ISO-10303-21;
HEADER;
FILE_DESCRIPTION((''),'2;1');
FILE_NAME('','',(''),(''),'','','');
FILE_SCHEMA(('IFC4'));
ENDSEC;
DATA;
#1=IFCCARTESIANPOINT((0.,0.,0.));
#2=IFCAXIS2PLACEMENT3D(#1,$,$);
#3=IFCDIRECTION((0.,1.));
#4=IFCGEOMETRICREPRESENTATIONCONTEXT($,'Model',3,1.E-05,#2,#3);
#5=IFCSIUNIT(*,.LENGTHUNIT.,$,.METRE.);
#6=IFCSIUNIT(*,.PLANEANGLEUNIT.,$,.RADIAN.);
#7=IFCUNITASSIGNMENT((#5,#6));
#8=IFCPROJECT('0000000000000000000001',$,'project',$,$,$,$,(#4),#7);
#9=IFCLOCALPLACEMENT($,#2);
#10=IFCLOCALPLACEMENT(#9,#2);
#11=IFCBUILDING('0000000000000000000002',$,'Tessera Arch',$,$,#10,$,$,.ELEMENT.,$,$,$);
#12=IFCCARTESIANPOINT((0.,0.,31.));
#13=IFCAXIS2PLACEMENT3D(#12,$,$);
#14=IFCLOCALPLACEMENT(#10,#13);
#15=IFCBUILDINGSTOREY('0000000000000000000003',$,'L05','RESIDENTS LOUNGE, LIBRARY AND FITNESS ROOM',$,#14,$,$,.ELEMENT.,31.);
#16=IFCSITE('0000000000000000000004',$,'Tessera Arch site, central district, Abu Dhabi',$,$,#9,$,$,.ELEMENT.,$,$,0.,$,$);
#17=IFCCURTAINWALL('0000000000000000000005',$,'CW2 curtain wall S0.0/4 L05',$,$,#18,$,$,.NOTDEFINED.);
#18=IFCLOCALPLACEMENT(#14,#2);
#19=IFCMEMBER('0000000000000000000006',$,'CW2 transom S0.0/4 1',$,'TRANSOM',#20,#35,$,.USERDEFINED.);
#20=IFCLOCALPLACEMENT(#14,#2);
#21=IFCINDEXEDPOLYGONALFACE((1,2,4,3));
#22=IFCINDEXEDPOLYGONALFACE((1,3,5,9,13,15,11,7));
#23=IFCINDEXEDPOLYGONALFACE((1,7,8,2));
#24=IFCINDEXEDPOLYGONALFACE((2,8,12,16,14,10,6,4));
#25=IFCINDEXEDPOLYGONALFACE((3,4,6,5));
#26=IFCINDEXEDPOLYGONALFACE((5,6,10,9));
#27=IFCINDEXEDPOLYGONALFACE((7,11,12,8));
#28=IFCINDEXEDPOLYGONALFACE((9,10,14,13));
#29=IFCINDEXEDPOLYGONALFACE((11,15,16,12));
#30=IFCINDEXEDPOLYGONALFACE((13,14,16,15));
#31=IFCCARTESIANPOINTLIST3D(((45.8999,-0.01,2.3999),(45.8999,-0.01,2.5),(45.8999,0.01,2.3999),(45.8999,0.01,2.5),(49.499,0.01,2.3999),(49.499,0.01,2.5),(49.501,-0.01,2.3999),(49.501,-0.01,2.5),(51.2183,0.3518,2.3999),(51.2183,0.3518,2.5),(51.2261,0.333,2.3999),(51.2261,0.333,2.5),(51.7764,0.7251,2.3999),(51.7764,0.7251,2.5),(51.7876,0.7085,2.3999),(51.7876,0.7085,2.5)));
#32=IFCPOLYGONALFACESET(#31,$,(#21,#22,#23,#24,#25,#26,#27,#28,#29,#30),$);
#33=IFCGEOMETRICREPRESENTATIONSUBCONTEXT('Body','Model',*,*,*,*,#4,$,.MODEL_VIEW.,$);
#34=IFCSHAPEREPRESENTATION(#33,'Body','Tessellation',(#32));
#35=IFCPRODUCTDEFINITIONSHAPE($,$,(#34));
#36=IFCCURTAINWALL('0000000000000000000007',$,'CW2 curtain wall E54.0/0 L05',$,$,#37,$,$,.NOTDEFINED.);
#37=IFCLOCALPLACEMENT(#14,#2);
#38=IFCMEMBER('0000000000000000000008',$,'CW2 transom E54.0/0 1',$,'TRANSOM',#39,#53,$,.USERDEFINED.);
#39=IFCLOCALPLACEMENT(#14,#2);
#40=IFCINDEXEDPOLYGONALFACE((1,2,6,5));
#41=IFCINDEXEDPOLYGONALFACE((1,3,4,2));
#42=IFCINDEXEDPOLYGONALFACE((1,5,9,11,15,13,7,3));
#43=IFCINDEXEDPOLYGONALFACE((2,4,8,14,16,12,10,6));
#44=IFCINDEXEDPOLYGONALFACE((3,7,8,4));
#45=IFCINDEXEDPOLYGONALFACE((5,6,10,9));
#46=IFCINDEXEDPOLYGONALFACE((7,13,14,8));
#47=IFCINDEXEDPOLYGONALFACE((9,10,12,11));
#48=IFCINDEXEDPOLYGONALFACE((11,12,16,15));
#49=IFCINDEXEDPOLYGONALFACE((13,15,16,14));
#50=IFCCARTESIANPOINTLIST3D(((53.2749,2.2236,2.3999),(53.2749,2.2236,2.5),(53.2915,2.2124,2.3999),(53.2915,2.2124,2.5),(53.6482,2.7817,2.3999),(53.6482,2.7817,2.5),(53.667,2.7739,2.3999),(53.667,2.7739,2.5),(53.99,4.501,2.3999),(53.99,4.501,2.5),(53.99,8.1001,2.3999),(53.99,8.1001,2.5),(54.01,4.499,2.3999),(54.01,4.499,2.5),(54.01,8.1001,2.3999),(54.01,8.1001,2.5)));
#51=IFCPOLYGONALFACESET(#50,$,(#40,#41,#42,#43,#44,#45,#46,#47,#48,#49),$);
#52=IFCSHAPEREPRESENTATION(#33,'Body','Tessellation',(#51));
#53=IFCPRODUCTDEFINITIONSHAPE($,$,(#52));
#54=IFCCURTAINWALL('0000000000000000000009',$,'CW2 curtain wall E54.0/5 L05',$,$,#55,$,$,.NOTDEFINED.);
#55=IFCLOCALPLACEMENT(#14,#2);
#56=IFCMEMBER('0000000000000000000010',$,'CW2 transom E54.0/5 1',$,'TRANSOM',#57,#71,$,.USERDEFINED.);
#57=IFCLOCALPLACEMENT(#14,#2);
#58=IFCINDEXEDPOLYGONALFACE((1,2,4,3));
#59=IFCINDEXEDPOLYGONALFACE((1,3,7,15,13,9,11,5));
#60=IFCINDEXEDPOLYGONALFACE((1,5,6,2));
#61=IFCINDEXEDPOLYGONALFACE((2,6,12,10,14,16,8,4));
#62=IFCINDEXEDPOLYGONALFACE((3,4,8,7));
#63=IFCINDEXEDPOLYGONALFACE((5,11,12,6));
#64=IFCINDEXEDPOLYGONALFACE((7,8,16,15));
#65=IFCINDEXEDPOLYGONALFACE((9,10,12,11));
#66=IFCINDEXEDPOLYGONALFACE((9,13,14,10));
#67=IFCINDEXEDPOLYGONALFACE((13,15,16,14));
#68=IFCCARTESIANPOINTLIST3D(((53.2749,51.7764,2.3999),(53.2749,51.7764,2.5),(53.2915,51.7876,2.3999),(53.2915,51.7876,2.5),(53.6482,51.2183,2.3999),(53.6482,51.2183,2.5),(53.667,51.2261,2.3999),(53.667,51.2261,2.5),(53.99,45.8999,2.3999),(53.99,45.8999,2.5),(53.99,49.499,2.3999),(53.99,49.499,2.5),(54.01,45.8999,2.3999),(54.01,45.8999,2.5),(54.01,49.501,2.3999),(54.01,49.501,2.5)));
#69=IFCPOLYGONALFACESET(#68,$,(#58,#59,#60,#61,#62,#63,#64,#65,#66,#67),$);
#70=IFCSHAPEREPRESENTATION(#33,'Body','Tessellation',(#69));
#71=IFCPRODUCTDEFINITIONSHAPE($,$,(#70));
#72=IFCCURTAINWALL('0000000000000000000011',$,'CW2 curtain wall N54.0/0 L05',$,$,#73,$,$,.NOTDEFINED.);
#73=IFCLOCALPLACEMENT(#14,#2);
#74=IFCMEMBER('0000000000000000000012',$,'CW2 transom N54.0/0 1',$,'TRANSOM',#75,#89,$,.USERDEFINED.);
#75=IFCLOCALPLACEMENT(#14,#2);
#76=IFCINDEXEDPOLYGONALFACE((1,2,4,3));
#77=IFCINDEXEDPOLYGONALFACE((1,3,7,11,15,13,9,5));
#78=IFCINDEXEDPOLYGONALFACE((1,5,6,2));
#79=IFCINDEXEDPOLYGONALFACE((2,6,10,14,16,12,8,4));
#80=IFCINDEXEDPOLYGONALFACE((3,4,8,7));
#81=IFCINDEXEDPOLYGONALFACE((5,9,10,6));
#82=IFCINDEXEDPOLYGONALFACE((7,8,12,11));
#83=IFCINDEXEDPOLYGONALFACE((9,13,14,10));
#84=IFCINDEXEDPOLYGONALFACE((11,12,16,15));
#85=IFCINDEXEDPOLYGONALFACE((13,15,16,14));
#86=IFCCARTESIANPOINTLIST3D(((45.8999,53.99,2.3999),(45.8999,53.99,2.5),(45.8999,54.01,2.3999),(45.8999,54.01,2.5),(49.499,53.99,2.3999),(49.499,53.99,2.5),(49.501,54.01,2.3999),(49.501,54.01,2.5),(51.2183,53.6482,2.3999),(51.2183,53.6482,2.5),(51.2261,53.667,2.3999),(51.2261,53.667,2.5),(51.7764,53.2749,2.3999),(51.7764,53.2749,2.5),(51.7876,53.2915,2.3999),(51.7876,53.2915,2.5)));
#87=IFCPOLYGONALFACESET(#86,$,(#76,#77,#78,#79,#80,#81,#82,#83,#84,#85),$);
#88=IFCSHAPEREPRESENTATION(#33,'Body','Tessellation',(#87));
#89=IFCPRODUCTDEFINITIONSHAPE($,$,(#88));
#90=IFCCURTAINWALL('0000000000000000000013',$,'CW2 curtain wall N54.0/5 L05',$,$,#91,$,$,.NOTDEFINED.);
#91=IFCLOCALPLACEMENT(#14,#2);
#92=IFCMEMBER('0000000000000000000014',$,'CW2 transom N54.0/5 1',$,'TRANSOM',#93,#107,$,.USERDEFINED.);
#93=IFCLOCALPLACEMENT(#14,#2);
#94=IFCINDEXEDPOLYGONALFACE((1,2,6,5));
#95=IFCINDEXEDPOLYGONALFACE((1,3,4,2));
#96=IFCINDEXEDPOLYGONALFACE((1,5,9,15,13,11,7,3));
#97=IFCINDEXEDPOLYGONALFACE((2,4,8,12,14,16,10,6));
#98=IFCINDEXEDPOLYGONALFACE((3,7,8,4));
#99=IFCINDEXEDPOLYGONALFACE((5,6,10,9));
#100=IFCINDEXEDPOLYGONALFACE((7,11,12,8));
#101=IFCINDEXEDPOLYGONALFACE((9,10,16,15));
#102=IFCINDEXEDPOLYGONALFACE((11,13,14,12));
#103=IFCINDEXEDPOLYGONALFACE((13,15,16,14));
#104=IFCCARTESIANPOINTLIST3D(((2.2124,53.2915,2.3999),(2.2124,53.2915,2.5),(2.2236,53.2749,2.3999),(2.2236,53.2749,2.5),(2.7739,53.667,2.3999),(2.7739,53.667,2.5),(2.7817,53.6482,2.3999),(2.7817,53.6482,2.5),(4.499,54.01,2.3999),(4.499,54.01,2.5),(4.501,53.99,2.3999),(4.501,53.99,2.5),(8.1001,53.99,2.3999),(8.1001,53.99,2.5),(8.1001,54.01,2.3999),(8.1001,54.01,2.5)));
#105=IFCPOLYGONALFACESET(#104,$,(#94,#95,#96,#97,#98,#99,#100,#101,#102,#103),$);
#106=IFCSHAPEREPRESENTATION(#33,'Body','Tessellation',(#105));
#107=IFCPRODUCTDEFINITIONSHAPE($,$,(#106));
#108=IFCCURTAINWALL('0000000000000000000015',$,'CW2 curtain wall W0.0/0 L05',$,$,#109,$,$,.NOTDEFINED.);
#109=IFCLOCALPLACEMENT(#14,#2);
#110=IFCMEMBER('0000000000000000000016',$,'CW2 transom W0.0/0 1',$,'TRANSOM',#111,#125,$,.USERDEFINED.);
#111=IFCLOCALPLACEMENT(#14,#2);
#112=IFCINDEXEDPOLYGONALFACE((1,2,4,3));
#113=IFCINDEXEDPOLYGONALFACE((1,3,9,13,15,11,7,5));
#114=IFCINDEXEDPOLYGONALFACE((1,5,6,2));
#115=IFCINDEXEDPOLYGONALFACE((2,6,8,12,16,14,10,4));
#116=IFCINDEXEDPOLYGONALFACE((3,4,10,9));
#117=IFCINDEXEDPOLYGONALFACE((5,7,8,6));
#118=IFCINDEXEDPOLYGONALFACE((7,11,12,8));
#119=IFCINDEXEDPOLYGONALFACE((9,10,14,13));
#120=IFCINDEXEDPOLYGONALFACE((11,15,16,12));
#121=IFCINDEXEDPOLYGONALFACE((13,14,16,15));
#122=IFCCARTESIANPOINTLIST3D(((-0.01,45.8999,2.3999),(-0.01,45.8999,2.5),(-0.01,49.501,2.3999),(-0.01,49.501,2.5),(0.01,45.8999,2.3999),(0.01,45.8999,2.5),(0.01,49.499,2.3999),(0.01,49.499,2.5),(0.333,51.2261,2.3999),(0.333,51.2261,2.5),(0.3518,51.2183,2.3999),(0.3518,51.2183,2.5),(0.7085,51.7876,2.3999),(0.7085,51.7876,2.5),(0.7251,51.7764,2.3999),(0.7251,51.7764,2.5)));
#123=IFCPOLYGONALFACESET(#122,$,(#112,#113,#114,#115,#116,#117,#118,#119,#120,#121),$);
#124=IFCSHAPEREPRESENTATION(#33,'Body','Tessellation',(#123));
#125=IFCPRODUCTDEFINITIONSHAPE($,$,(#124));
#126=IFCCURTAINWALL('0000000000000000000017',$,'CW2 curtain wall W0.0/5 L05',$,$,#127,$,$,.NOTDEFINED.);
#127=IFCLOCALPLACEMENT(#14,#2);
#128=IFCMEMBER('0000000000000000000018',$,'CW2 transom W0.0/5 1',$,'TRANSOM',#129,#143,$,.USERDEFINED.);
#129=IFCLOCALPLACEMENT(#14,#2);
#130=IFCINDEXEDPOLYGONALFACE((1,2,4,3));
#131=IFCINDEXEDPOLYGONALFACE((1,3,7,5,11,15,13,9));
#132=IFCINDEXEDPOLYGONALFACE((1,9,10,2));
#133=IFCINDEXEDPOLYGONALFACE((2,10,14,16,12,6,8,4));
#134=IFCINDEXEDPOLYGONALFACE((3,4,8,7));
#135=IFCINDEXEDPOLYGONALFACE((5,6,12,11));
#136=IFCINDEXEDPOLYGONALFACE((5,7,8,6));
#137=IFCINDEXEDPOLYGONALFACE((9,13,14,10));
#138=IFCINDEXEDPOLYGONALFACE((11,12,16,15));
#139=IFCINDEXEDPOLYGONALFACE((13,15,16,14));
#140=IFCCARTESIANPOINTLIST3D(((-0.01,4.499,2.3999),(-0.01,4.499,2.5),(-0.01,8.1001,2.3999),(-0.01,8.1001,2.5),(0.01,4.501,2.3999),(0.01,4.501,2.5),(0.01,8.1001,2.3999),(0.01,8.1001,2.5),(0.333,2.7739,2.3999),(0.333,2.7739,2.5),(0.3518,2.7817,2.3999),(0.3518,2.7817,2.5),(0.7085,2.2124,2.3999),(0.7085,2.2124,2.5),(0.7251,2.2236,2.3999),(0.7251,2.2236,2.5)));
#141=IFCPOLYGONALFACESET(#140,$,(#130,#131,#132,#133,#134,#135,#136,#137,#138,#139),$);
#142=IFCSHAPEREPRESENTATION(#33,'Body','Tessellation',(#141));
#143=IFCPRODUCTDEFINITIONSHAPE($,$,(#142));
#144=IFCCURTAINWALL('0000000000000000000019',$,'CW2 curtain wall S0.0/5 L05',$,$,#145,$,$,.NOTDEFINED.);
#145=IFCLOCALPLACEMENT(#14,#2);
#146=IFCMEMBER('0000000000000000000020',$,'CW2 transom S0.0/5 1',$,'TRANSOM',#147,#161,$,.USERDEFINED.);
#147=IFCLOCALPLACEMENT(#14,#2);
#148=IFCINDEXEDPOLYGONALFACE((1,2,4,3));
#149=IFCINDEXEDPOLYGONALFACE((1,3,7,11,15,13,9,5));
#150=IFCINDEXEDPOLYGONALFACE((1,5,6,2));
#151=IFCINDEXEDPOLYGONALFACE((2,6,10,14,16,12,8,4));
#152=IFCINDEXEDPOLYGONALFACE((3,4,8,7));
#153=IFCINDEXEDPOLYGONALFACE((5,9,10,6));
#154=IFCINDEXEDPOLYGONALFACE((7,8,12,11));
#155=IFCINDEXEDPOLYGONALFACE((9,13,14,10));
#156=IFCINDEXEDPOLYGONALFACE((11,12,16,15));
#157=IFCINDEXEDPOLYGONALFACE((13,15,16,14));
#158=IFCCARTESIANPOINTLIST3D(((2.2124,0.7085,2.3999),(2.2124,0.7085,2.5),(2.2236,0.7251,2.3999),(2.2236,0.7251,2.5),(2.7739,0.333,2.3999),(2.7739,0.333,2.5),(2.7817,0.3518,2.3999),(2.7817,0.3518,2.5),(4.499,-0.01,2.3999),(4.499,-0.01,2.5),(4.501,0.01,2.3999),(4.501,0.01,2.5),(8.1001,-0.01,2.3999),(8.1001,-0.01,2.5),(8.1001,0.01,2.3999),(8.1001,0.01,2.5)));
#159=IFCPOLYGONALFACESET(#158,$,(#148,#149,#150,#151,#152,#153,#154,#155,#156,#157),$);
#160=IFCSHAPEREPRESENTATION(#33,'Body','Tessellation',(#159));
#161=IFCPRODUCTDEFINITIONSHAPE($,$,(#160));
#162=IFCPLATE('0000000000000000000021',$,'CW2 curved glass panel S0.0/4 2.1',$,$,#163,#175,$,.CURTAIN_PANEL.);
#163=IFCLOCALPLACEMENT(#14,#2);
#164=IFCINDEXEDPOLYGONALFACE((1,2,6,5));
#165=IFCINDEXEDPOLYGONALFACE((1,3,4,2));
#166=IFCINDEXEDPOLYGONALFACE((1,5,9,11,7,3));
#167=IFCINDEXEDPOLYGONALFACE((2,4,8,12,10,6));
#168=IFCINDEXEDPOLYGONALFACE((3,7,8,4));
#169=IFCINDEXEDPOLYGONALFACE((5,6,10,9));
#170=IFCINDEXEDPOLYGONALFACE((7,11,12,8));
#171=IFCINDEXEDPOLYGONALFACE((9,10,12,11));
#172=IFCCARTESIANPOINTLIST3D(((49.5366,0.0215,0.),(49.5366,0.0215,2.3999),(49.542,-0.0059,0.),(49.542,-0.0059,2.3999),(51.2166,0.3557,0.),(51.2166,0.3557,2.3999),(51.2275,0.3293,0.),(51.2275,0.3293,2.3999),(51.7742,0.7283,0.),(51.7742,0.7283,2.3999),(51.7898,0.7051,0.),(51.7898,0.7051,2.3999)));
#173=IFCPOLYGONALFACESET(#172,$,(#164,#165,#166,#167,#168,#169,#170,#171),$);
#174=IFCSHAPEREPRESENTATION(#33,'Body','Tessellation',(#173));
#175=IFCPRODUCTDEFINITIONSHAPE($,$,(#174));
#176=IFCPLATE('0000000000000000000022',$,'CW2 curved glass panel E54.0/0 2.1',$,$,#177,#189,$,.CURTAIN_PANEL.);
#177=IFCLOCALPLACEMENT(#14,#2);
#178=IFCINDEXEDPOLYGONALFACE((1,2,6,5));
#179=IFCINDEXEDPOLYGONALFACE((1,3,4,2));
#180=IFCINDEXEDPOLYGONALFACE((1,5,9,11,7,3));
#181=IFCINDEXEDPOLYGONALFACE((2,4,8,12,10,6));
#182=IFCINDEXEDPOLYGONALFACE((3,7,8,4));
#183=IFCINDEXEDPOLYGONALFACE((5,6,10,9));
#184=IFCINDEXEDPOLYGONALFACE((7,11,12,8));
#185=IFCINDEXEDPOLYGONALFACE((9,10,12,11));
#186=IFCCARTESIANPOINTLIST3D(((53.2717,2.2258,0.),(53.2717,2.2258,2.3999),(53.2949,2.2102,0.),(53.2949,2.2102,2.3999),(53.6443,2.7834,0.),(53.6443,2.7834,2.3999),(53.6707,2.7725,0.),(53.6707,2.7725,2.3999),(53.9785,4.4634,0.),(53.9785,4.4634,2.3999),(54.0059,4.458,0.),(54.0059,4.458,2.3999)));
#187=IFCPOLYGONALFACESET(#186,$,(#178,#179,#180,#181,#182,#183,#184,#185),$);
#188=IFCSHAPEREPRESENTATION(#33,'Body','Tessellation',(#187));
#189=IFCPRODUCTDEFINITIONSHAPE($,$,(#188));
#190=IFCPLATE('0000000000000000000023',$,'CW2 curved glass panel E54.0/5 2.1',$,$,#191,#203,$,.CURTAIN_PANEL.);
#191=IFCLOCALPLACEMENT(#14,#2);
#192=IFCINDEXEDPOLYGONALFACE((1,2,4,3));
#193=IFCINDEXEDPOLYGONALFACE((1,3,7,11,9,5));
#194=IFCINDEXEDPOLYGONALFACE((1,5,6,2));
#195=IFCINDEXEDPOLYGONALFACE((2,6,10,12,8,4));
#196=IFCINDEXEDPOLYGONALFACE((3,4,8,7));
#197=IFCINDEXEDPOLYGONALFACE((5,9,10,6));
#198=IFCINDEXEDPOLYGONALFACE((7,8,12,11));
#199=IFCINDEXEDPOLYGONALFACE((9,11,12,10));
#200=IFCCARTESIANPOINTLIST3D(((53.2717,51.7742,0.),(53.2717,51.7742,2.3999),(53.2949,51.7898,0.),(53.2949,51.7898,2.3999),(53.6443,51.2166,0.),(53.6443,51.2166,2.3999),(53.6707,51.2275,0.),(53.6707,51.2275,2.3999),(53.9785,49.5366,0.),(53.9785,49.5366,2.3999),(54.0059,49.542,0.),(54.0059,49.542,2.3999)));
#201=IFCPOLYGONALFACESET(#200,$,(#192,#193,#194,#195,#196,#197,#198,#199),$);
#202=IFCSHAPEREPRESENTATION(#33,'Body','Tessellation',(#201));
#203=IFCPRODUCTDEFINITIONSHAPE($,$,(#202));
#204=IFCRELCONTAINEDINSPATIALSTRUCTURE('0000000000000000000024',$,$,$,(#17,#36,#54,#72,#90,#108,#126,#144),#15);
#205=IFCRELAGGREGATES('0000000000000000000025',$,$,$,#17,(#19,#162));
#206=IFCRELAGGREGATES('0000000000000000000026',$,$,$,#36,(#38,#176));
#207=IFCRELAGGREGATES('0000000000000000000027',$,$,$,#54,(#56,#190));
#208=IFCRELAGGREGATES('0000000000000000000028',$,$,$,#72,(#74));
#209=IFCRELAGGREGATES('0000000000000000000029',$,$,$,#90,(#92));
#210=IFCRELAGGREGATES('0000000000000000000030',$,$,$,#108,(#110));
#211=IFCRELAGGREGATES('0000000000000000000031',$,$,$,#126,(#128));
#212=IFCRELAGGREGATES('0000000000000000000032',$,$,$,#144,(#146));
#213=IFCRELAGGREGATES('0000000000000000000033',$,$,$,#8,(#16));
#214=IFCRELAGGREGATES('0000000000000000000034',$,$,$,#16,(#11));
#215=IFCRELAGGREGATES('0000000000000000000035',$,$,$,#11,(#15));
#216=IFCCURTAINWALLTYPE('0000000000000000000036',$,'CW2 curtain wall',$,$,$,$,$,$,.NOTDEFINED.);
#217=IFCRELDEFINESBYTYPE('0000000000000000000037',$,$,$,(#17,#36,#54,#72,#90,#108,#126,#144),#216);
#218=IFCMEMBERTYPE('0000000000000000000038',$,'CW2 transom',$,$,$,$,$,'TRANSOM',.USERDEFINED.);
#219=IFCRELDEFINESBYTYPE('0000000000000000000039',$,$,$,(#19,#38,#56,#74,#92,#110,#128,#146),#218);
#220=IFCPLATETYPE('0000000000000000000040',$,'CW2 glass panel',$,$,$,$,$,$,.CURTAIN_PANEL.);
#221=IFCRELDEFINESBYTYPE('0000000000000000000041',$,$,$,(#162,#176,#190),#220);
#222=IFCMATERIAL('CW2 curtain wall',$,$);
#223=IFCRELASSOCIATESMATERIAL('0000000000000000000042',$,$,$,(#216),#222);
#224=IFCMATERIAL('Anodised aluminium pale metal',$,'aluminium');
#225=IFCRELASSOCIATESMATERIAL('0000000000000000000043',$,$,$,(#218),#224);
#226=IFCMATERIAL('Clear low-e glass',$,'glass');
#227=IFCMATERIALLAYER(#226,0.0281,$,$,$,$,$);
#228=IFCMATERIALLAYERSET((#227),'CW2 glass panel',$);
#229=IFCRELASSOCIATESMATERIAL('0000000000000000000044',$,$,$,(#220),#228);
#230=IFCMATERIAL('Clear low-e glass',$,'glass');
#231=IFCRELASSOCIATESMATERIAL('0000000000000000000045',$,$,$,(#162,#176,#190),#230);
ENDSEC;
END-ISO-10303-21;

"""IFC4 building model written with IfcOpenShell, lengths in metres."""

from ifc_helpers import new_model, si_unit, direction, frame, origin, origin_2d, place, context, subcontext, project, spatial, polyline, rectangle, outline, extrude, material, layer, layer_set, material_profile, profile_set, type_object, element, aggregate, save


model = new_model("IFC4")

# Units and contexts
model_context = context("Model", 3, precision=1e-05, world=origin(), true_north=direction((0.0, 1.0)))
body_context = subcontext(model_context, "Body", "Model", "MODEL_VIEW")
ifc_project = project(units=[si_unit("LENGTHUNIT", "METRE"), si_unit("PLANEANGLEUNIT", "RADIAN")], contexts=[model_context])

# Site, building, storey
site_placement = place(None, origin())
site = spatial("IfcSite", under=ifc_project, at=site_placement, Name="Tessera Arch site, central district, Abu Dhabi", CompositionType="ELEMENT", RefElevation=0.0)
building_placement = place(site_placement, origin())
building = spatial("IfcBuilding", under=site, at=building_placement, Name="Tessera Arch", CompositionType="ELEMENT")
storey_placement = place(building_placement, frame((0.0, 0.0, 31.0)))
storey = spatial("IfcBuildingStorey", under=building, at=storey_placement, Name="L05", Description="RESIDENTS LOUNGE, LIBRARY AND FITNESS ROOM", CompositionType="ELEMENT", Elevation=31.0)

# Curtain walls, members
ifc_material_1 = material(Name="CW2 curtain wall")
curtain_wall_type = type_object("IfcCurtainWallType", Name="CW2 curtain wall", PredefinedType="NOTDEFINED", material=ifc_material_1)
curtain_wall_1_placement = place(storey_placement, origin())
curtain_wall_1 = element("IfcCurtainWall", 1, at=curtain_wall_1_placement, inside=storey, type_object=curtain_wall_type, Name="CW2 curtain wall S0.0/4 L05", PredefinedType="NOTDEFINED")
ifc_material_2 = material(Name="Anodised aluminium pale metal", Category="aluminium")
ifc_material_profile = material_profile(ifc_material_2, rectangle(XDim=0.2, YDim=0.1001, at=origin_2d()), Name="AL 200x100")
ifc_profile_set = profile_set([ifc_material_profile], Name="Anodised aluminium pale metal")
member_type = type_object("IfcMemberType", Name="CW2 transom", ElementType="TRANSOM", PredefinedType="USERDEFINED", material=ifc_profile_set)
member_1_placement = place(storey_placement, frame((0.0, 0.0, 2.3999)))
member_1 = element("IfcMember", 2, at=member_1_placement, type_object=member_type, Name="CW2 transom S0.0/4 1", ObjectType="TRANSOM", PredefinedType="USERDEFINED", context=body_context, shape_type="SweptSolid", body=[
    extrude(outline(polyline([(49.499, 0.01), (45.8999, 0.01), (45.8999, -0.01), (49.501, -0.01), (51.2261, 0.333), (51.7876, 0.7085), (51.7764, 0.7251), (51.2183, 0.3518), (49.499, 0.01)])), origin(), (0.0, 0.0, 1.0), 0.1001),
])
curtain_wall_2_placement = place(storey_placement, origin())
curtain_wall_2 = element("IfcCurtainWall", 3, at=curtain_wall_2_placement, inside=storey, type_object=curtain_wall_type, Name="CW2 curtain wall E54.0/0 L05", PredefinedType="NOTDEFINED")
member_2_placement = place(storey_placement, frame((0.0, 0.0, 2.3999)))
member_2 = element("IfcMember", 4, at=member_2_placement, type_object=member_type, Name="CW2 transom E54.0/0 1", ObjectType="TRANSOM", PredefinedType="USERDEFINED", context=body_context, shape_type="SweptSolid", body=[
    extrude(outline(polyline([(53.6482, 2.7817), (53.2749, 2.2236), (53.2915, 2.2124), (53.667, 2.7739), (54.01, 4.499), (54.01, 8.1001), (53.99, 8.1001), (53.99, 4.501), (53.6482, 2.7817)])), origin(), (0.0, 0.0, 1.0), 0.1001),
])
curtain_wall_3_placement = place(storey_placement, origin())
curtain_wall_3 = element("IfcCurtainWall", 5, at=curtain_wall_3_placement, inside=storey, type_object=curtain_wall_type, Name="CW2 curtain wall E54.0/5 L05", PredefinedType="NOTDEFINED")
member_3_placement = place(storey_placement, frame((0.0, 0.0, 2.3999)))
member_3 = element("IfcMember", 6, at=member_3_placement, type_object=member_type, Name="CW2 transom E54.0/5 1", ObjectType="TRANSOM", PredefinedType="USERDEFINED", context=body_context, shape_type="SweptSolid", body=[
    extrude(outline(polyline([(53.99, 49.499), (53.99, 45.8999), (54.01, 45.8999), (54.01, 49.501), (53.667, 51.2261), (53.2915, 51.7876), (53.2749, 51.7764), (53.6482, 51.2183), (53.99, 49.499)])), origin(), (0.0, 0.0, 1.0), 0.1001),
])
curtain_wall_4_placement = place(storey_placement, origin())
curtain_wall_4 = element("IfcCurtainWall", 7, at=curtain_wall_4_placement, inside=storey, type_object=curtain_wall_type, Name="CW2 curtain wall N54.0/0 L05", PredefinedType="NOTDEFINED")
member_4_placement = place(storey_placement, frame((0.0, 0.0, 2.3999)))
member_4 = element("IfcMember", 8, at=member_4_placement, type_object=member_type, Name="CW2 transom N54.0/0 1", ObjectType="TRANSOM", PredefinedType="USERDEFINED", context=body_context, shape_type="SweptSolid", body=[
    extrude(outline(polyline([(51.2183, 53.6482), (51.7764, 53.2749), (51.7876, 53.2915), (51.2261, 53.667), (49.501, 54.01), (45.8999, 54.01), (45.8999, 53.99), (49.499, 53.99), (51.2183, 53.6482)])), origin(), (0.0, 0.0, 1.0), 0.1001),
])
curtain_wall_5_placement = place(storey_placement, origin())
curtain_wall_5 = element("IfcCurtainWall", 9, at=curtain_wall_5_placement, inside=storey, type_object=curtain_wall_type, Name="CW2 curtain wall N54.0/5 L05", PredefinedType="NOTDEFINED")
member_5_placement = place(storey_placement, frame((0.0, 0.0, 2.3999)))
member_5 = element("IfcMember", 10, at=member_5_placement, type_object=member_type, Name="CW2 transom N54.0/5 1", ObjectType="TRANSOM", PredefinedType="USERDEFINED", context=body_context, shape_type="SweptSolid", body=[
    extrude(outline(polyline([(4.501, 53.99), (8.1001, 53.99), (8.1001, 54.01), (4.499, 54.01), (2.7739, 53.667), (2.2124, 53.2915), (2.2236, 53.2749), (2.7817, 53.6482), (4.501, 53.99)])), origin(), (0.0, 0.0, 1.0), 0.1001),
])
curtain_wall_6_placement = place(storey_placement, origin())
curtain_wall_6 = element("IfcCurtainWall", 11, at=curtain_wall_6_placement, inside=storey, type_object=curtain_wall_type, Name="CW2 curtain wall W0.0/0 L05", PredefinedType="NOTDEFINED")
member_6_placement = place(storey_placement, frame((0.0, 0.0, 2.3999)))
member_6 = element("IfcMember", 12, at=member_6_placement, type_object=member_type, Name="CW2 transom W0.0/0 1", ObjectType="TRANSOM", PredefinedType="USERDEFINED", context=body_context, shape_type="SweptSolid", body=[
    extrude(outline(polyline([(0.3518, 51.2183), (0.7251, 51.7764), (0.7085, 51.7876), (0.333, 51.2261), (-0.01, 49.501), (-0.01, 45.8999), (0.01, 45.8999), (0.01, 49.499), (0.3518, 51.2183)])), origin(), (0.0, 0.0, 1.0), 0.1001),
])
curtain_wall_7_placement = place(storey_placement, origin())
curtain_wall_7 = element("IfcCurtainWall", 13, at=curtain_wall_7_placement, inside=storey, type_object=curtain_wall_type, Name="CW2 curtain wall W0.0/5 L05", PredefinedType="NOTDEFINED")
member_7_placement = place(storey_placement, frame((0.0, 0.0, 2.3999)))
member_7 = element("IfcMember", 14, at=member_7_placement, type_object=member_type, Name="CW2 transom W0.0/5 1", ObjectType="TRANSOM", PredefinedType="USERDEFINED", context=body_context, shape_type="SweptSolid", body=[
    extrude(outline(polyline([(0.01, 4.501), (0.01, 8.1001), (-0.01, 8.1001), (-0.01, 4.499), (0.333, 2.7739), (0.7085, 2.2124), (0.7251, 2.2236), (0.3518, 2.7817), (0.01, 4.501)])), origin(), (0.0, 0.0, 1.0), 0.1001),
])
curtain_wall_8_placement = place(storey_placement, origin())
curtain_wall_8 = element("IfcCurtainWall", 15, at=curtain_wall_8_placement, inside=storey, type_object=curtain_wall_type, Name="CW2 curtain wall S0.0/5 L05", PredefinedType="NOTDEFINED")
member_8_placement = place(storey_placement, frame((0.0, 0.0, 2.3999)))
member_8 = element("IfcMember", 16, at=member_8_placement, type_object=member_type, Name="CW2 transom S0.0/5 1", ObjectType="TRANSOM", PredefinedType="USERDEFINED", context=body_context, shape_type="SweptSolid", body=[
    extrude(outline(polyline([(2.7817, 0.3518), (2.2236, 0.7251), (2.2124, 0.7085), (2.7739, 0.333), (4.499, -0.01), (8.1001, -0.01), (8.1001, 0.01), (4.501, 0.01), (2.7817, 0.3518)])), origin(), (0.0, 0.0, 1.0), 0.1001),
])

# Plates
ifc_material_3 = material(Name="Clear low-e glass", Category="glass")
ifc_material_4 = material(Name="Clear low-e glass", Category="glass")
ifc_layer_1 = layer(ifc_material_4, 0.0281)
ifc_layer_set_1 = layer_set([ifc_layer_1], Name="CW2 glass panel")
plate_type_1 = type_object("IfcPlateType", Name="CW2 glass panel", PredefinedType="CURTAIN_PANEL", material=ifc_layer_set_1)
plate_1_placement = place(storey_placement, origin())
plate_1 = element("IfcPlate", 17, at=plate_1_placement, type_object=plate_type_1, material=ifc_material_3, Name="CW2 curved glass panel S0.0/4 2.1", PredefinedType="CURTAIN_PANEL", context=body_context, shape_type="SweptSolid", body=[
    extrude(outline(polyline([(51.2166, 0.3557), (49.5366, 0.0215), (49.542, -0.0059), (51.2275, 0.3293), (51.7898, 0.7051), (51.7742, 0.7283), (51.2166, 0.3557)])), origin(), (0.0, 0.0, 1.0), 2.3999),
])
plate_2_placement = place(storey_placement, origin())
plate_2 = element("IfcPlate", 18, at=plate_2_placement, type_object=plate_type_1, material=ifc_material_3, Name="CW2 curved glass panel E54.0/0 2.1", PredefinedType="CURTAIN_PANEL", context=body_context, shape_type="SweptSolid", body=[
    extrude(outline(polyline([(53.6443, 2.7834), (53.2717, 2.2258), (53.2949, 2.2102), (53.6707, 2.7725), (54.0059, 4.458), (53.9785, 4.4634), (53.6443, 2.7834)])), origin(), (0.0, 0.0, 1.0), 2.3999),
])
plate_3_placement = place(storey_placement, origin())
plate_3 = element("IfcPlate", 19, at=plate_3_placement, type_object=plate_type_1, material=ifc_material_3, Name="CW2 curved glass panel E54.0/5 2.1", PredefinedType="CURTAIN_PANEL", context=body_context, shape_type="SweptSolid", body=[
    extrude(outline(polyline([(53.6443, 51.2166), (53.9785, 49.5366), (54.0059, 49.542), (53.6707, 51.2275), (53.2949, 51.7898), (53.2717, 51.7742), (53.6443, 51.2166)])), origin(), (0.0, 0.0, 1.0), 2.3999),
])
aggregate(curtain_wall_1, [member_1, plate_1])
aggregate(curtain_wall_2, [member_2, plate_2])
aggregate(curtain_wall_3, [member_3, plate_3])
aggregate(curtain_wall_4, [member_4])
aggregate(curtain_wall_5, [member_5])
aggregate(curtain_wall_6, [member_6])
aggregate(curtain_wall_7, [member_7])
aggregate(curtain_wall_8, [member_8])

save(model, "model.ifc")
